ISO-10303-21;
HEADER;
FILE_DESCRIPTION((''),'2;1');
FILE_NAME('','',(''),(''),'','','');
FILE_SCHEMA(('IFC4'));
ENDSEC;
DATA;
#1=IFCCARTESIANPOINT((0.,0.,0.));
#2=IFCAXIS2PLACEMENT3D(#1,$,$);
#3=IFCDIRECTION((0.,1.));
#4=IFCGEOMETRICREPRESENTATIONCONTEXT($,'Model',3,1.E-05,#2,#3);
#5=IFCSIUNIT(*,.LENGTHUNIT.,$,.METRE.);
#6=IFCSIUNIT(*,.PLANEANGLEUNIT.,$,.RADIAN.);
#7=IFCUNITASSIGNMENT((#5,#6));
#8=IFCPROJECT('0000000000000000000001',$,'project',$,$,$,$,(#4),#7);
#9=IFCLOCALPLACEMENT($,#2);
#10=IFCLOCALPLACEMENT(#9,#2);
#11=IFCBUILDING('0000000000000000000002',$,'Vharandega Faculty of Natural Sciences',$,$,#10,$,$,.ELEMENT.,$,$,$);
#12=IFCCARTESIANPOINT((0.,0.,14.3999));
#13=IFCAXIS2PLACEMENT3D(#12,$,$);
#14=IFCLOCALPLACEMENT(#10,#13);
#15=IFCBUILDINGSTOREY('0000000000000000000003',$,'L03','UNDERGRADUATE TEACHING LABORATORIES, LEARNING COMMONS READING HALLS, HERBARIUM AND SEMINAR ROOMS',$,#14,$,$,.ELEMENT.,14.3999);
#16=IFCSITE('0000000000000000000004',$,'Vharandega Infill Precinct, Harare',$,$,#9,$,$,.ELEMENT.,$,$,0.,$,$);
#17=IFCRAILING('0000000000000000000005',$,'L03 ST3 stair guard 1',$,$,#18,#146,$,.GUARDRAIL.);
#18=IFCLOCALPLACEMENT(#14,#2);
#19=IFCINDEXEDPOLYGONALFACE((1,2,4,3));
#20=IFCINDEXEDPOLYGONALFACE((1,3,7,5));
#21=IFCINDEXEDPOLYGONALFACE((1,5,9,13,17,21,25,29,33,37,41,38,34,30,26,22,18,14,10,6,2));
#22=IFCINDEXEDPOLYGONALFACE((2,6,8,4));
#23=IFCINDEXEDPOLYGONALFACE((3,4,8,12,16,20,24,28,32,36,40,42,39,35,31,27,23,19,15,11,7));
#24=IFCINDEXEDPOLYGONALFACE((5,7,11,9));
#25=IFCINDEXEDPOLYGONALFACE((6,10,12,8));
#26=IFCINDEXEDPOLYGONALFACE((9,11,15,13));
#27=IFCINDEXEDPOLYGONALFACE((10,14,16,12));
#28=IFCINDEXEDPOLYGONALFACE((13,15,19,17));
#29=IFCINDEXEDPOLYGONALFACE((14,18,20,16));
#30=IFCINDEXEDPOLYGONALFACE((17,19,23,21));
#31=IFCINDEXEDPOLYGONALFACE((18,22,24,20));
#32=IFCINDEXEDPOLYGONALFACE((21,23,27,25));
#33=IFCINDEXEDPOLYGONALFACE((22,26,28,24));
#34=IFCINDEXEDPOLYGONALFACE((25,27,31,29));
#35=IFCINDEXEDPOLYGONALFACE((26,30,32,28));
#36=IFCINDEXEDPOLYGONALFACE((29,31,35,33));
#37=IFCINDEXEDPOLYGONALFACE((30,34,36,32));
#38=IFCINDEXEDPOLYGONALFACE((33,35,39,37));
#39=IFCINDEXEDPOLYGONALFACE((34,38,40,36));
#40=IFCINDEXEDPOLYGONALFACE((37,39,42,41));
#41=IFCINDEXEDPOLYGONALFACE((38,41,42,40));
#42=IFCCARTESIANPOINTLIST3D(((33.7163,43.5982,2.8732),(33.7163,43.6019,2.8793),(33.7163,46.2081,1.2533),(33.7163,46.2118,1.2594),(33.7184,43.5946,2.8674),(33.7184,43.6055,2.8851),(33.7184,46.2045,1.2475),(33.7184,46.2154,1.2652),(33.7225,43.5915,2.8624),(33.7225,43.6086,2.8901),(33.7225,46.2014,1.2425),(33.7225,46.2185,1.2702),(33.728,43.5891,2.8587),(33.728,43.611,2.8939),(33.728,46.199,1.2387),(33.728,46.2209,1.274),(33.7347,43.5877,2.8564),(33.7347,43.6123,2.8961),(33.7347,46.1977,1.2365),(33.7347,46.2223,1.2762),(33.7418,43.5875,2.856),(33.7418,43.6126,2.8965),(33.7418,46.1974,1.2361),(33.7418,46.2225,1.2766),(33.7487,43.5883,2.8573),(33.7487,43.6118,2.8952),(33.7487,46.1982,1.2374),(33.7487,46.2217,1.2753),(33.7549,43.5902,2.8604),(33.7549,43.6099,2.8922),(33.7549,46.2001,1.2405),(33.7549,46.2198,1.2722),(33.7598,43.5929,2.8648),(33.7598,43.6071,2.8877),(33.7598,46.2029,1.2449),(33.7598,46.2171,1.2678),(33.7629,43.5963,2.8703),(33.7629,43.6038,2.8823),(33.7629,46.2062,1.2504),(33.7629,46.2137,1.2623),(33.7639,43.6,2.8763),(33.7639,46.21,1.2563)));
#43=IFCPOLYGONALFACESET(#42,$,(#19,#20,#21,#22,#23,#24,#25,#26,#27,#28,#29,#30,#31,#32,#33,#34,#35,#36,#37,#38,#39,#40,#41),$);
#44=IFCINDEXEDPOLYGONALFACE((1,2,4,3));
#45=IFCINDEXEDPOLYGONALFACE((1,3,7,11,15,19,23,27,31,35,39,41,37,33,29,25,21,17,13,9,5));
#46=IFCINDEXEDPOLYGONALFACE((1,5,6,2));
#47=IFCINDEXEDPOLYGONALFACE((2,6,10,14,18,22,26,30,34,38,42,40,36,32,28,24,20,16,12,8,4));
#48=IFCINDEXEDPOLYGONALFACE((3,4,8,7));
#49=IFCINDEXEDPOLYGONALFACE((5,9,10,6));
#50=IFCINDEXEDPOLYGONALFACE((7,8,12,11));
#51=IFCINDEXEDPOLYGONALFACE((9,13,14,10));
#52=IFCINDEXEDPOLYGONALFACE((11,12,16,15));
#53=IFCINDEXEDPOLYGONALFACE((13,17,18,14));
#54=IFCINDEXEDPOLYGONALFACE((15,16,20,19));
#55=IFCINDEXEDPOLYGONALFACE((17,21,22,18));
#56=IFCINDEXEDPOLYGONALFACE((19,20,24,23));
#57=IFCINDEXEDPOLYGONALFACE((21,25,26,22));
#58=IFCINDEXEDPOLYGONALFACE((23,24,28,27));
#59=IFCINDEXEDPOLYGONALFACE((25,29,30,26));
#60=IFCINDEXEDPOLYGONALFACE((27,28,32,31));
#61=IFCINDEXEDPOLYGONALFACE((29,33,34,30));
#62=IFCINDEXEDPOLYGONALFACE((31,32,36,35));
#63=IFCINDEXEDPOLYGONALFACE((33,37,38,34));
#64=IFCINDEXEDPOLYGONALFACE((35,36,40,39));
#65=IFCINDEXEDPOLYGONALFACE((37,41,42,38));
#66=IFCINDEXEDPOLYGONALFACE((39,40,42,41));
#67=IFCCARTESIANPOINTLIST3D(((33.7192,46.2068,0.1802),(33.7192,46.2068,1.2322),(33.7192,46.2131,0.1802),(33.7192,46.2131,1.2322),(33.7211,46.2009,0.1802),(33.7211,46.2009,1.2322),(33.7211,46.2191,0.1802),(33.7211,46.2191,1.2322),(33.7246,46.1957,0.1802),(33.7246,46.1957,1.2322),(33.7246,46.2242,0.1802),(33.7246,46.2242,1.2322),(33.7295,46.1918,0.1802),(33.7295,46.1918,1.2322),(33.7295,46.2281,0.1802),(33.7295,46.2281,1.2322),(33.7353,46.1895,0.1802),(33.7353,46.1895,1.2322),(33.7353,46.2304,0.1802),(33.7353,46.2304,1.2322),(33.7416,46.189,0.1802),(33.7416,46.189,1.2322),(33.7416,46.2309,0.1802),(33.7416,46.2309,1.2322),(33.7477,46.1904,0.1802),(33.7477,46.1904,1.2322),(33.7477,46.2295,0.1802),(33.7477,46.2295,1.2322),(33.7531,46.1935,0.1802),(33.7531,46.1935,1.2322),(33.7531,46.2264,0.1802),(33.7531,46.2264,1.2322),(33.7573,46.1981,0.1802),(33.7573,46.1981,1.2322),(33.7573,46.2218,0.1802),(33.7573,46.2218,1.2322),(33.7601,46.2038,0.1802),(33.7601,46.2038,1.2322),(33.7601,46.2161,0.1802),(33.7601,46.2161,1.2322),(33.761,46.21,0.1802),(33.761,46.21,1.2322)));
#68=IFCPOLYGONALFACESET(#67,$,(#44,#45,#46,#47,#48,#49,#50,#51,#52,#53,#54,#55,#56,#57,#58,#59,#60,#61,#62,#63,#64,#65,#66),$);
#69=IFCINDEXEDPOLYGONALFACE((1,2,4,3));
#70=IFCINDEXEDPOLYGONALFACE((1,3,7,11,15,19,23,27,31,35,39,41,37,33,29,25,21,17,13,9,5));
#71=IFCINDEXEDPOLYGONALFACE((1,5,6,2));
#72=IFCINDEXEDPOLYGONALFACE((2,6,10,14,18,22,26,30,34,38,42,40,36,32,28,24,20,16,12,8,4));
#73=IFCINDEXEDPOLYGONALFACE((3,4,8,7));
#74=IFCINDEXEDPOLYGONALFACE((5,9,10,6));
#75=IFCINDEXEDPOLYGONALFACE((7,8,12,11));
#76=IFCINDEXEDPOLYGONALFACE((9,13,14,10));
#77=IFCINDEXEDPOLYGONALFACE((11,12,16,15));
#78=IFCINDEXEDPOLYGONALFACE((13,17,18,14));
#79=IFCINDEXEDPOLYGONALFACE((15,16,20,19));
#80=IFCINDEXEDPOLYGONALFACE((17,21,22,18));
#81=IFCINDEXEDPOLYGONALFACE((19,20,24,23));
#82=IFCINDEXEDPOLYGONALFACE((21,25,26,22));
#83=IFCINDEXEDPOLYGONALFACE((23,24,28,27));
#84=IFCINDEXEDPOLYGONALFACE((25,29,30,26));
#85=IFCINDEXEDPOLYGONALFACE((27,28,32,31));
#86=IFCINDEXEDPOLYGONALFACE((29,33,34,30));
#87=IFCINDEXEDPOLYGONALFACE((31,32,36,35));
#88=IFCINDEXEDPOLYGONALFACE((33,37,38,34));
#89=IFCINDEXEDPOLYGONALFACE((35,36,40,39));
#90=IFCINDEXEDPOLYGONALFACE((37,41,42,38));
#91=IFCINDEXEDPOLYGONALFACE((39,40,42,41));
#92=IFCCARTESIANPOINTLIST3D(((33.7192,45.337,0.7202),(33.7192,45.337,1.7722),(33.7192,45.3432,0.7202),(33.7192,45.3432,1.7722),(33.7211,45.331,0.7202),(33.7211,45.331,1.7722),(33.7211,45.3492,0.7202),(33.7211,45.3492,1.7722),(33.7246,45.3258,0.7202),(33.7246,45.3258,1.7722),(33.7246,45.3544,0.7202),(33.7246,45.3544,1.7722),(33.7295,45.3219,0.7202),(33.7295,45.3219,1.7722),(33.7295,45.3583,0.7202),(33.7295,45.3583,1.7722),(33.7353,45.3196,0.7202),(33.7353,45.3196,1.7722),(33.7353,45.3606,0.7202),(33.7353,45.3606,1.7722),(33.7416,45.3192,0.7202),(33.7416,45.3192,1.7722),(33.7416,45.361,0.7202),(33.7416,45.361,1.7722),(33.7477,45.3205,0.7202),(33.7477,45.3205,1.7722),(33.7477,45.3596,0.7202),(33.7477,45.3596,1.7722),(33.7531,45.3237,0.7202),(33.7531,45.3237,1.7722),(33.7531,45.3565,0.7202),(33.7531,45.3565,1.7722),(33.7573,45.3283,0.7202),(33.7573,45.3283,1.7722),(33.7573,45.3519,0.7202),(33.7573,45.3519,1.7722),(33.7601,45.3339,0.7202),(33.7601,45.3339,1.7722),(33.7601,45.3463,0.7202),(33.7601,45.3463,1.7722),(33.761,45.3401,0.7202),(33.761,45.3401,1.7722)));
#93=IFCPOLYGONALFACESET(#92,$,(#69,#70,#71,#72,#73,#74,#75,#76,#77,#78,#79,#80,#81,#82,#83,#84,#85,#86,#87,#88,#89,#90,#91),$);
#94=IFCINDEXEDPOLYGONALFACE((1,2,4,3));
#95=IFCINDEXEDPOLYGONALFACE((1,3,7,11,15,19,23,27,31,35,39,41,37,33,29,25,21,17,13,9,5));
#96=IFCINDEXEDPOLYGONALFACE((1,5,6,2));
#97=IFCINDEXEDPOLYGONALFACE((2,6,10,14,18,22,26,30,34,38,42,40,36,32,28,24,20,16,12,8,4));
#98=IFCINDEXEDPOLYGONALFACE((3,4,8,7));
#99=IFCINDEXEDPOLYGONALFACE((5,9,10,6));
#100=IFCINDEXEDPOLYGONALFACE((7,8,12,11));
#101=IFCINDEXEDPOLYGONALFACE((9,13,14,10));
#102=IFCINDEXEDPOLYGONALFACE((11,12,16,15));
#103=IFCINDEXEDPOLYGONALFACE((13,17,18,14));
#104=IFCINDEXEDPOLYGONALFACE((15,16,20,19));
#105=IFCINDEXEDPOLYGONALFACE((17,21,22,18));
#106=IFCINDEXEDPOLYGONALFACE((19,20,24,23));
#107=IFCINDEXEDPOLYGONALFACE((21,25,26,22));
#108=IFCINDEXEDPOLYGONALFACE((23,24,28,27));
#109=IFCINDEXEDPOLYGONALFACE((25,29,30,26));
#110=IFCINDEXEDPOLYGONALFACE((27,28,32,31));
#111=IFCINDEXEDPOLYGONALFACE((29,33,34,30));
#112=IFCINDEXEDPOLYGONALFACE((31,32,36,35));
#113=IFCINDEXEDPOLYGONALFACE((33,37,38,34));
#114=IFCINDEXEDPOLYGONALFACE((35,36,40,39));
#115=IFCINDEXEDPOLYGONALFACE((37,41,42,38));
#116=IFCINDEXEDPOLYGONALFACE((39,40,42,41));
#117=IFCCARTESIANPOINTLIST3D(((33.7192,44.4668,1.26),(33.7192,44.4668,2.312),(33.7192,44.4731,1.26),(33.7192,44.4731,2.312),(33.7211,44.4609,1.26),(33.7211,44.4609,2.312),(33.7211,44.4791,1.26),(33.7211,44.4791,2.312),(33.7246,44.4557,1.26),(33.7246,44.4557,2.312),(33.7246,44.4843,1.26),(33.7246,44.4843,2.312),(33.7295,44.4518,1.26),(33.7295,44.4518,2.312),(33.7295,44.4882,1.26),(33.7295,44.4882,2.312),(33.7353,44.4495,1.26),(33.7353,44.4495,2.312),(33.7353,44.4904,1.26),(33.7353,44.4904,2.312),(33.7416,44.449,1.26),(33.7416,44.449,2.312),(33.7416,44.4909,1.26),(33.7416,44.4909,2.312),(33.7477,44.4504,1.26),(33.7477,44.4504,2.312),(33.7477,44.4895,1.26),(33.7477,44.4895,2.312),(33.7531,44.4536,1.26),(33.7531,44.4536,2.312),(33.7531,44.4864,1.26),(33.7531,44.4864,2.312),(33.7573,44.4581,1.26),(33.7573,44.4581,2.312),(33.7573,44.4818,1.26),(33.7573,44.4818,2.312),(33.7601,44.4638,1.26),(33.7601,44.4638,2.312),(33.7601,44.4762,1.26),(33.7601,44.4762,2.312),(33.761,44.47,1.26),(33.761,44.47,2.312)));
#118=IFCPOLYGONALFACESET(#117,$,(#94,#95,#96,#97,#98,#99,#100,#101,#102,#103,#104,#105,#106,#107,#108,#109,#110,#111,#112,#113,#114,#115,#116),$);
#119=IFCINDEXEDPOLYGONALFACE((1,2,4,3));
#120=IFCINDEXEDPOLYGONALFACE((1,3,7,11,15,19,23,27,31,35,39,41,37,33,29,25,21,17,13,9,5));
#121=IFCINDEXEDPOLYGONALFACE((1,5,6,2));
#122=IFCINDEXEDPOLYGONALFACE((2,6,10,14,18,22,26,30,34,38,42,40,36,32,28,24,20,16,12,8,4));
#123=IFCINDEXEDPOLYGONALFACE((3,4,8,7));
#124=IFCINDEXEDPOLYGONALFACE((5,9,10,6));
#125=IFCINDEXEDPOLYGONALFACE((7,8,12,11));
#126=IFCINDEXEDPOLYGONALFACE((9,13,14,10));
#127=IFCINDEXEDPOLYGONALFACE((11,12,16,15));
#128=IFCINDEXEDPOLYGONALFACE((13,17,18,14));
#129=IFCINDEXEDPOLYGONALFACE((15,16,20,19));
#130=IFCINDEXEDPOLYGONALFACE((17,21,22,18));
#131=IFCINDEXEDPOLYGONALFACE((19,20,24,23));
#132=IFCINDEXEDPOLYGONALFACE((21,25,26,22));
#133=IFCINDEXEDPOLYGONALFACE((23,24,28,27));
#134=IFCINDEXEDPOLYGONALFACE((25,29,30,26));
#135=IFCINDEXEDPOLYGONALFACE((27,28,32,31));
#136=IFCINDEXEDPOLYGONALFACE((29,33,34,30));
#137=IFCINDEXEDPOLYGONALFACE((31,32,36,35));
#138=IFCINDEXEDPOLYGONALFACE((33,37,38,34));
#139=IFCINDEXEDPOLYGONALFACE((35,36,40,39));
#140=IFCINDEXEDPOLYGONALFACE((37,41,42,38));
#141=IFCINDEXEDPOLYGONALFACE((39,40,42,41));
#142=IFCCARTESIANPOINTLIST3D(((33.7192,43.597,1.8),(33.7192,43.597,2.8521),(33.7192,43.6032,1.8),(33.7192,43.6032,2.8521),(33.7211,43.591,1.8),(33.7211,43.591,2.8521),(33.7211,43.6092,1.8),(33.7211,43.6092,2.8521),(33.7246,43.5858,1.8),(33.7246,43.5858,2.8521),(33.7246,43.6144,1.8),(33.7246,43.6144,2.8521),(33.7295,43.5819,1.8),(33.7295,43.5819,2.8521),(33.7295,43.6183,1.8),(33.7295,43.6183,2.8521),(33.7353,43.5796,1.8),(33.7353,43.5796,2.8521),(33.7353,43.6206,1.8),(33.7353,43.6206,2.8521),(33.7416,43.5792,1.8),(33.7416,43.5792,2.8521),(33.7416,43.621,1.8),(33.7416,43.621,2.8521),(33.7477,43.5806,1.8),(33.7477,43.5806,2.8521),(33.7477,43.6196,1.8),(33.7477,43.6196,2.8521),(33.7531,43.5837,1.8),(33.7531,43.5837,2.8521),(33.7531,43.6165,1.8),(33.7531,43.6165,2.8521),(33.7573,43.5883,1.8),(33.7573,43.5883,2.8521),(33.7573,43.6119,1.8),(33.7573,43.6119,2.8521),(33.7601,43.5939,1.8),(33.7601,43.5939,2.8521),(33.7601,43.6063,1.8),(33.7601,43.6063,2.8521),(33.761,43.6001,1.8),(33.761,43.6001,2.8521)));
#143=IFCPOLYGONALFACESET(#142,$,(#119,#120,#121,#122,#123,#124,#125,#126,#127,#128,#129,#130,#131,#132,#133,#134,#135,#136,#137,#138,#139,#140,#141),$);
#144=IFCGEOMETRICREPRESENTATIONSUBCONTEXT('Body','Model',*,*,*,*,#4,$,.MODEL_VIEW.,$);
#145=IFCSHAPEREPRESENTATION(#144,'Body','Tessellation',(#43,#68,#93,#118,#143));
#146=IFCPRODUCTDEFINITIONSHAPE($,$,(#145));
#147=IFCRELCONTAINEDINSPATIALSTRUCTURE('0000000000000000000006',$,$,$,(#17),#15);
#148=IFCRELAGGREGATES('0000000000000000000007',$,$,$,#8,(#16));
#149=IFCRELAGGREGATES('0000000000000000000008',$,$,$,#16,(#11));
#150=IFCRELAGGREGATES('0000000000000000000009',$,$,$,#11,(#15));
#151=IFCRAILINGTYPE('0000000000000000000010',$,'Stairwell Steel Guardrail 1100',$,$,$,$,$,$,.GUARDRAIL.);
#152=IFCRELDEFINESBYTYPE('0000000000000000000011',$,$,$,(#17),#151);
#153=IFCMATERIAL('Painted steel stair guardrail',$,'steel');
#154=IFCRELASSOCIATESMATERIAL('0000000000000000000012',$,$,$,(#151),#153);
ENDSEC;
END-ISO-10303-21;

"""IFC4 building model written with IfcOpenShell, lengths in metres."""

from ifc_helpers import new_model, si_unit, direction, frame, origin, origin_2d, place, context, subcontext, project, spatial, circle, extrude, material, type_object, element, save


model = new_model("IFC4")

# Units and contexts
model_context = context("Model", 3, precision=1e-05, world=origin(), true_north=direction((0.0, 1.0)))
body_context = subcontext(model_context, "Body", "Model", "MODEL_VIEW")
ifc_project = project(units=[si_unit("LENGTHUNIT", "METRE"), si_unit("PLANEANGLEUNIT", "RADIAN")], contexts=[model_context])

# Site, building, storey
site_placement = place(None, origin())
site = spatial("IfcSite", under=ifc_project, at=site_placement, Name="Vharandega Infill Precinct, Harare", CompositionType="ELEMENT", RefElevation=0.0)
building_placement = place(site_placement, origin())
building = spatial("IfcBuilding", under=site, at=building_placement, Name="Vharandega Faculty of Natural Sciences", CompositionType="ELEMENT")
storey_placement = place(building_placement, frame((0.0, 0.0, 14.3999)))
storey = spatial("IfcBuildingStorey", under=building, at=storey_placement, Name="L03", Description="UNDERGRADUATE TEACHING LABORATORIES, LEARNING COMMONS READING HALLS, HERBARIUM AND SEMINAR ROOMS", CompositionType="ELEMENT", Elevation=14.3999)

# Railing
ifc_material_1 = material(Name="Painted steel stair guardrail", Category="steel")
railing_type_1 = type_object("IfcRailingType", Name="Stairwell Steel Guardrail 1100", PredefinedType="GUARDRAIL", material=ifc_material_1)
railing_1_placement = place(storey_placement, frame((33.74, 46.21, 0.1802)))
element("IfcRailing", 1, at=railing_1_placement, inside=storey, type_object=railing_type_1, Name="L03 ST3 stair guard 1", PredefinedType="GUARDRAIL", context=body_context, shape_type="SweptSolid", body=[
    extrude(circle(Radius=0.0239, at=origin_2d()), frame((0.0, 0.0, 1.0762), z_axis=(0.0, -0.849646, 0.527353), x_axis=(1.0, 0.0, 0.0)), (0.0, 0.0, 1.0), 3.0718),
    extrude(circle(Radius=0.021, at=origin_2d()), origin(), (0.0, 0.0, 1.0), 1.052),
    extrude(circle(Radius=0.021, at=origin_2d()), frame((0.0, -0.8699, 0.54)), (0.0, 0.0, 1.0), 1.052),
    extrude(circle(Radius=0.021, at=origin_2d()), frame((0.0, -1.74, 1.0798)), (0.0, 0.0, 1.0), 1.052),
    extrude(circle(Radius=0.021, at=origin_2d()), frame((0.0, -2.6099, 1.6199)), (0.0, 0.0, 1.0), 1.052),
])

save(model, "model.ifc")
